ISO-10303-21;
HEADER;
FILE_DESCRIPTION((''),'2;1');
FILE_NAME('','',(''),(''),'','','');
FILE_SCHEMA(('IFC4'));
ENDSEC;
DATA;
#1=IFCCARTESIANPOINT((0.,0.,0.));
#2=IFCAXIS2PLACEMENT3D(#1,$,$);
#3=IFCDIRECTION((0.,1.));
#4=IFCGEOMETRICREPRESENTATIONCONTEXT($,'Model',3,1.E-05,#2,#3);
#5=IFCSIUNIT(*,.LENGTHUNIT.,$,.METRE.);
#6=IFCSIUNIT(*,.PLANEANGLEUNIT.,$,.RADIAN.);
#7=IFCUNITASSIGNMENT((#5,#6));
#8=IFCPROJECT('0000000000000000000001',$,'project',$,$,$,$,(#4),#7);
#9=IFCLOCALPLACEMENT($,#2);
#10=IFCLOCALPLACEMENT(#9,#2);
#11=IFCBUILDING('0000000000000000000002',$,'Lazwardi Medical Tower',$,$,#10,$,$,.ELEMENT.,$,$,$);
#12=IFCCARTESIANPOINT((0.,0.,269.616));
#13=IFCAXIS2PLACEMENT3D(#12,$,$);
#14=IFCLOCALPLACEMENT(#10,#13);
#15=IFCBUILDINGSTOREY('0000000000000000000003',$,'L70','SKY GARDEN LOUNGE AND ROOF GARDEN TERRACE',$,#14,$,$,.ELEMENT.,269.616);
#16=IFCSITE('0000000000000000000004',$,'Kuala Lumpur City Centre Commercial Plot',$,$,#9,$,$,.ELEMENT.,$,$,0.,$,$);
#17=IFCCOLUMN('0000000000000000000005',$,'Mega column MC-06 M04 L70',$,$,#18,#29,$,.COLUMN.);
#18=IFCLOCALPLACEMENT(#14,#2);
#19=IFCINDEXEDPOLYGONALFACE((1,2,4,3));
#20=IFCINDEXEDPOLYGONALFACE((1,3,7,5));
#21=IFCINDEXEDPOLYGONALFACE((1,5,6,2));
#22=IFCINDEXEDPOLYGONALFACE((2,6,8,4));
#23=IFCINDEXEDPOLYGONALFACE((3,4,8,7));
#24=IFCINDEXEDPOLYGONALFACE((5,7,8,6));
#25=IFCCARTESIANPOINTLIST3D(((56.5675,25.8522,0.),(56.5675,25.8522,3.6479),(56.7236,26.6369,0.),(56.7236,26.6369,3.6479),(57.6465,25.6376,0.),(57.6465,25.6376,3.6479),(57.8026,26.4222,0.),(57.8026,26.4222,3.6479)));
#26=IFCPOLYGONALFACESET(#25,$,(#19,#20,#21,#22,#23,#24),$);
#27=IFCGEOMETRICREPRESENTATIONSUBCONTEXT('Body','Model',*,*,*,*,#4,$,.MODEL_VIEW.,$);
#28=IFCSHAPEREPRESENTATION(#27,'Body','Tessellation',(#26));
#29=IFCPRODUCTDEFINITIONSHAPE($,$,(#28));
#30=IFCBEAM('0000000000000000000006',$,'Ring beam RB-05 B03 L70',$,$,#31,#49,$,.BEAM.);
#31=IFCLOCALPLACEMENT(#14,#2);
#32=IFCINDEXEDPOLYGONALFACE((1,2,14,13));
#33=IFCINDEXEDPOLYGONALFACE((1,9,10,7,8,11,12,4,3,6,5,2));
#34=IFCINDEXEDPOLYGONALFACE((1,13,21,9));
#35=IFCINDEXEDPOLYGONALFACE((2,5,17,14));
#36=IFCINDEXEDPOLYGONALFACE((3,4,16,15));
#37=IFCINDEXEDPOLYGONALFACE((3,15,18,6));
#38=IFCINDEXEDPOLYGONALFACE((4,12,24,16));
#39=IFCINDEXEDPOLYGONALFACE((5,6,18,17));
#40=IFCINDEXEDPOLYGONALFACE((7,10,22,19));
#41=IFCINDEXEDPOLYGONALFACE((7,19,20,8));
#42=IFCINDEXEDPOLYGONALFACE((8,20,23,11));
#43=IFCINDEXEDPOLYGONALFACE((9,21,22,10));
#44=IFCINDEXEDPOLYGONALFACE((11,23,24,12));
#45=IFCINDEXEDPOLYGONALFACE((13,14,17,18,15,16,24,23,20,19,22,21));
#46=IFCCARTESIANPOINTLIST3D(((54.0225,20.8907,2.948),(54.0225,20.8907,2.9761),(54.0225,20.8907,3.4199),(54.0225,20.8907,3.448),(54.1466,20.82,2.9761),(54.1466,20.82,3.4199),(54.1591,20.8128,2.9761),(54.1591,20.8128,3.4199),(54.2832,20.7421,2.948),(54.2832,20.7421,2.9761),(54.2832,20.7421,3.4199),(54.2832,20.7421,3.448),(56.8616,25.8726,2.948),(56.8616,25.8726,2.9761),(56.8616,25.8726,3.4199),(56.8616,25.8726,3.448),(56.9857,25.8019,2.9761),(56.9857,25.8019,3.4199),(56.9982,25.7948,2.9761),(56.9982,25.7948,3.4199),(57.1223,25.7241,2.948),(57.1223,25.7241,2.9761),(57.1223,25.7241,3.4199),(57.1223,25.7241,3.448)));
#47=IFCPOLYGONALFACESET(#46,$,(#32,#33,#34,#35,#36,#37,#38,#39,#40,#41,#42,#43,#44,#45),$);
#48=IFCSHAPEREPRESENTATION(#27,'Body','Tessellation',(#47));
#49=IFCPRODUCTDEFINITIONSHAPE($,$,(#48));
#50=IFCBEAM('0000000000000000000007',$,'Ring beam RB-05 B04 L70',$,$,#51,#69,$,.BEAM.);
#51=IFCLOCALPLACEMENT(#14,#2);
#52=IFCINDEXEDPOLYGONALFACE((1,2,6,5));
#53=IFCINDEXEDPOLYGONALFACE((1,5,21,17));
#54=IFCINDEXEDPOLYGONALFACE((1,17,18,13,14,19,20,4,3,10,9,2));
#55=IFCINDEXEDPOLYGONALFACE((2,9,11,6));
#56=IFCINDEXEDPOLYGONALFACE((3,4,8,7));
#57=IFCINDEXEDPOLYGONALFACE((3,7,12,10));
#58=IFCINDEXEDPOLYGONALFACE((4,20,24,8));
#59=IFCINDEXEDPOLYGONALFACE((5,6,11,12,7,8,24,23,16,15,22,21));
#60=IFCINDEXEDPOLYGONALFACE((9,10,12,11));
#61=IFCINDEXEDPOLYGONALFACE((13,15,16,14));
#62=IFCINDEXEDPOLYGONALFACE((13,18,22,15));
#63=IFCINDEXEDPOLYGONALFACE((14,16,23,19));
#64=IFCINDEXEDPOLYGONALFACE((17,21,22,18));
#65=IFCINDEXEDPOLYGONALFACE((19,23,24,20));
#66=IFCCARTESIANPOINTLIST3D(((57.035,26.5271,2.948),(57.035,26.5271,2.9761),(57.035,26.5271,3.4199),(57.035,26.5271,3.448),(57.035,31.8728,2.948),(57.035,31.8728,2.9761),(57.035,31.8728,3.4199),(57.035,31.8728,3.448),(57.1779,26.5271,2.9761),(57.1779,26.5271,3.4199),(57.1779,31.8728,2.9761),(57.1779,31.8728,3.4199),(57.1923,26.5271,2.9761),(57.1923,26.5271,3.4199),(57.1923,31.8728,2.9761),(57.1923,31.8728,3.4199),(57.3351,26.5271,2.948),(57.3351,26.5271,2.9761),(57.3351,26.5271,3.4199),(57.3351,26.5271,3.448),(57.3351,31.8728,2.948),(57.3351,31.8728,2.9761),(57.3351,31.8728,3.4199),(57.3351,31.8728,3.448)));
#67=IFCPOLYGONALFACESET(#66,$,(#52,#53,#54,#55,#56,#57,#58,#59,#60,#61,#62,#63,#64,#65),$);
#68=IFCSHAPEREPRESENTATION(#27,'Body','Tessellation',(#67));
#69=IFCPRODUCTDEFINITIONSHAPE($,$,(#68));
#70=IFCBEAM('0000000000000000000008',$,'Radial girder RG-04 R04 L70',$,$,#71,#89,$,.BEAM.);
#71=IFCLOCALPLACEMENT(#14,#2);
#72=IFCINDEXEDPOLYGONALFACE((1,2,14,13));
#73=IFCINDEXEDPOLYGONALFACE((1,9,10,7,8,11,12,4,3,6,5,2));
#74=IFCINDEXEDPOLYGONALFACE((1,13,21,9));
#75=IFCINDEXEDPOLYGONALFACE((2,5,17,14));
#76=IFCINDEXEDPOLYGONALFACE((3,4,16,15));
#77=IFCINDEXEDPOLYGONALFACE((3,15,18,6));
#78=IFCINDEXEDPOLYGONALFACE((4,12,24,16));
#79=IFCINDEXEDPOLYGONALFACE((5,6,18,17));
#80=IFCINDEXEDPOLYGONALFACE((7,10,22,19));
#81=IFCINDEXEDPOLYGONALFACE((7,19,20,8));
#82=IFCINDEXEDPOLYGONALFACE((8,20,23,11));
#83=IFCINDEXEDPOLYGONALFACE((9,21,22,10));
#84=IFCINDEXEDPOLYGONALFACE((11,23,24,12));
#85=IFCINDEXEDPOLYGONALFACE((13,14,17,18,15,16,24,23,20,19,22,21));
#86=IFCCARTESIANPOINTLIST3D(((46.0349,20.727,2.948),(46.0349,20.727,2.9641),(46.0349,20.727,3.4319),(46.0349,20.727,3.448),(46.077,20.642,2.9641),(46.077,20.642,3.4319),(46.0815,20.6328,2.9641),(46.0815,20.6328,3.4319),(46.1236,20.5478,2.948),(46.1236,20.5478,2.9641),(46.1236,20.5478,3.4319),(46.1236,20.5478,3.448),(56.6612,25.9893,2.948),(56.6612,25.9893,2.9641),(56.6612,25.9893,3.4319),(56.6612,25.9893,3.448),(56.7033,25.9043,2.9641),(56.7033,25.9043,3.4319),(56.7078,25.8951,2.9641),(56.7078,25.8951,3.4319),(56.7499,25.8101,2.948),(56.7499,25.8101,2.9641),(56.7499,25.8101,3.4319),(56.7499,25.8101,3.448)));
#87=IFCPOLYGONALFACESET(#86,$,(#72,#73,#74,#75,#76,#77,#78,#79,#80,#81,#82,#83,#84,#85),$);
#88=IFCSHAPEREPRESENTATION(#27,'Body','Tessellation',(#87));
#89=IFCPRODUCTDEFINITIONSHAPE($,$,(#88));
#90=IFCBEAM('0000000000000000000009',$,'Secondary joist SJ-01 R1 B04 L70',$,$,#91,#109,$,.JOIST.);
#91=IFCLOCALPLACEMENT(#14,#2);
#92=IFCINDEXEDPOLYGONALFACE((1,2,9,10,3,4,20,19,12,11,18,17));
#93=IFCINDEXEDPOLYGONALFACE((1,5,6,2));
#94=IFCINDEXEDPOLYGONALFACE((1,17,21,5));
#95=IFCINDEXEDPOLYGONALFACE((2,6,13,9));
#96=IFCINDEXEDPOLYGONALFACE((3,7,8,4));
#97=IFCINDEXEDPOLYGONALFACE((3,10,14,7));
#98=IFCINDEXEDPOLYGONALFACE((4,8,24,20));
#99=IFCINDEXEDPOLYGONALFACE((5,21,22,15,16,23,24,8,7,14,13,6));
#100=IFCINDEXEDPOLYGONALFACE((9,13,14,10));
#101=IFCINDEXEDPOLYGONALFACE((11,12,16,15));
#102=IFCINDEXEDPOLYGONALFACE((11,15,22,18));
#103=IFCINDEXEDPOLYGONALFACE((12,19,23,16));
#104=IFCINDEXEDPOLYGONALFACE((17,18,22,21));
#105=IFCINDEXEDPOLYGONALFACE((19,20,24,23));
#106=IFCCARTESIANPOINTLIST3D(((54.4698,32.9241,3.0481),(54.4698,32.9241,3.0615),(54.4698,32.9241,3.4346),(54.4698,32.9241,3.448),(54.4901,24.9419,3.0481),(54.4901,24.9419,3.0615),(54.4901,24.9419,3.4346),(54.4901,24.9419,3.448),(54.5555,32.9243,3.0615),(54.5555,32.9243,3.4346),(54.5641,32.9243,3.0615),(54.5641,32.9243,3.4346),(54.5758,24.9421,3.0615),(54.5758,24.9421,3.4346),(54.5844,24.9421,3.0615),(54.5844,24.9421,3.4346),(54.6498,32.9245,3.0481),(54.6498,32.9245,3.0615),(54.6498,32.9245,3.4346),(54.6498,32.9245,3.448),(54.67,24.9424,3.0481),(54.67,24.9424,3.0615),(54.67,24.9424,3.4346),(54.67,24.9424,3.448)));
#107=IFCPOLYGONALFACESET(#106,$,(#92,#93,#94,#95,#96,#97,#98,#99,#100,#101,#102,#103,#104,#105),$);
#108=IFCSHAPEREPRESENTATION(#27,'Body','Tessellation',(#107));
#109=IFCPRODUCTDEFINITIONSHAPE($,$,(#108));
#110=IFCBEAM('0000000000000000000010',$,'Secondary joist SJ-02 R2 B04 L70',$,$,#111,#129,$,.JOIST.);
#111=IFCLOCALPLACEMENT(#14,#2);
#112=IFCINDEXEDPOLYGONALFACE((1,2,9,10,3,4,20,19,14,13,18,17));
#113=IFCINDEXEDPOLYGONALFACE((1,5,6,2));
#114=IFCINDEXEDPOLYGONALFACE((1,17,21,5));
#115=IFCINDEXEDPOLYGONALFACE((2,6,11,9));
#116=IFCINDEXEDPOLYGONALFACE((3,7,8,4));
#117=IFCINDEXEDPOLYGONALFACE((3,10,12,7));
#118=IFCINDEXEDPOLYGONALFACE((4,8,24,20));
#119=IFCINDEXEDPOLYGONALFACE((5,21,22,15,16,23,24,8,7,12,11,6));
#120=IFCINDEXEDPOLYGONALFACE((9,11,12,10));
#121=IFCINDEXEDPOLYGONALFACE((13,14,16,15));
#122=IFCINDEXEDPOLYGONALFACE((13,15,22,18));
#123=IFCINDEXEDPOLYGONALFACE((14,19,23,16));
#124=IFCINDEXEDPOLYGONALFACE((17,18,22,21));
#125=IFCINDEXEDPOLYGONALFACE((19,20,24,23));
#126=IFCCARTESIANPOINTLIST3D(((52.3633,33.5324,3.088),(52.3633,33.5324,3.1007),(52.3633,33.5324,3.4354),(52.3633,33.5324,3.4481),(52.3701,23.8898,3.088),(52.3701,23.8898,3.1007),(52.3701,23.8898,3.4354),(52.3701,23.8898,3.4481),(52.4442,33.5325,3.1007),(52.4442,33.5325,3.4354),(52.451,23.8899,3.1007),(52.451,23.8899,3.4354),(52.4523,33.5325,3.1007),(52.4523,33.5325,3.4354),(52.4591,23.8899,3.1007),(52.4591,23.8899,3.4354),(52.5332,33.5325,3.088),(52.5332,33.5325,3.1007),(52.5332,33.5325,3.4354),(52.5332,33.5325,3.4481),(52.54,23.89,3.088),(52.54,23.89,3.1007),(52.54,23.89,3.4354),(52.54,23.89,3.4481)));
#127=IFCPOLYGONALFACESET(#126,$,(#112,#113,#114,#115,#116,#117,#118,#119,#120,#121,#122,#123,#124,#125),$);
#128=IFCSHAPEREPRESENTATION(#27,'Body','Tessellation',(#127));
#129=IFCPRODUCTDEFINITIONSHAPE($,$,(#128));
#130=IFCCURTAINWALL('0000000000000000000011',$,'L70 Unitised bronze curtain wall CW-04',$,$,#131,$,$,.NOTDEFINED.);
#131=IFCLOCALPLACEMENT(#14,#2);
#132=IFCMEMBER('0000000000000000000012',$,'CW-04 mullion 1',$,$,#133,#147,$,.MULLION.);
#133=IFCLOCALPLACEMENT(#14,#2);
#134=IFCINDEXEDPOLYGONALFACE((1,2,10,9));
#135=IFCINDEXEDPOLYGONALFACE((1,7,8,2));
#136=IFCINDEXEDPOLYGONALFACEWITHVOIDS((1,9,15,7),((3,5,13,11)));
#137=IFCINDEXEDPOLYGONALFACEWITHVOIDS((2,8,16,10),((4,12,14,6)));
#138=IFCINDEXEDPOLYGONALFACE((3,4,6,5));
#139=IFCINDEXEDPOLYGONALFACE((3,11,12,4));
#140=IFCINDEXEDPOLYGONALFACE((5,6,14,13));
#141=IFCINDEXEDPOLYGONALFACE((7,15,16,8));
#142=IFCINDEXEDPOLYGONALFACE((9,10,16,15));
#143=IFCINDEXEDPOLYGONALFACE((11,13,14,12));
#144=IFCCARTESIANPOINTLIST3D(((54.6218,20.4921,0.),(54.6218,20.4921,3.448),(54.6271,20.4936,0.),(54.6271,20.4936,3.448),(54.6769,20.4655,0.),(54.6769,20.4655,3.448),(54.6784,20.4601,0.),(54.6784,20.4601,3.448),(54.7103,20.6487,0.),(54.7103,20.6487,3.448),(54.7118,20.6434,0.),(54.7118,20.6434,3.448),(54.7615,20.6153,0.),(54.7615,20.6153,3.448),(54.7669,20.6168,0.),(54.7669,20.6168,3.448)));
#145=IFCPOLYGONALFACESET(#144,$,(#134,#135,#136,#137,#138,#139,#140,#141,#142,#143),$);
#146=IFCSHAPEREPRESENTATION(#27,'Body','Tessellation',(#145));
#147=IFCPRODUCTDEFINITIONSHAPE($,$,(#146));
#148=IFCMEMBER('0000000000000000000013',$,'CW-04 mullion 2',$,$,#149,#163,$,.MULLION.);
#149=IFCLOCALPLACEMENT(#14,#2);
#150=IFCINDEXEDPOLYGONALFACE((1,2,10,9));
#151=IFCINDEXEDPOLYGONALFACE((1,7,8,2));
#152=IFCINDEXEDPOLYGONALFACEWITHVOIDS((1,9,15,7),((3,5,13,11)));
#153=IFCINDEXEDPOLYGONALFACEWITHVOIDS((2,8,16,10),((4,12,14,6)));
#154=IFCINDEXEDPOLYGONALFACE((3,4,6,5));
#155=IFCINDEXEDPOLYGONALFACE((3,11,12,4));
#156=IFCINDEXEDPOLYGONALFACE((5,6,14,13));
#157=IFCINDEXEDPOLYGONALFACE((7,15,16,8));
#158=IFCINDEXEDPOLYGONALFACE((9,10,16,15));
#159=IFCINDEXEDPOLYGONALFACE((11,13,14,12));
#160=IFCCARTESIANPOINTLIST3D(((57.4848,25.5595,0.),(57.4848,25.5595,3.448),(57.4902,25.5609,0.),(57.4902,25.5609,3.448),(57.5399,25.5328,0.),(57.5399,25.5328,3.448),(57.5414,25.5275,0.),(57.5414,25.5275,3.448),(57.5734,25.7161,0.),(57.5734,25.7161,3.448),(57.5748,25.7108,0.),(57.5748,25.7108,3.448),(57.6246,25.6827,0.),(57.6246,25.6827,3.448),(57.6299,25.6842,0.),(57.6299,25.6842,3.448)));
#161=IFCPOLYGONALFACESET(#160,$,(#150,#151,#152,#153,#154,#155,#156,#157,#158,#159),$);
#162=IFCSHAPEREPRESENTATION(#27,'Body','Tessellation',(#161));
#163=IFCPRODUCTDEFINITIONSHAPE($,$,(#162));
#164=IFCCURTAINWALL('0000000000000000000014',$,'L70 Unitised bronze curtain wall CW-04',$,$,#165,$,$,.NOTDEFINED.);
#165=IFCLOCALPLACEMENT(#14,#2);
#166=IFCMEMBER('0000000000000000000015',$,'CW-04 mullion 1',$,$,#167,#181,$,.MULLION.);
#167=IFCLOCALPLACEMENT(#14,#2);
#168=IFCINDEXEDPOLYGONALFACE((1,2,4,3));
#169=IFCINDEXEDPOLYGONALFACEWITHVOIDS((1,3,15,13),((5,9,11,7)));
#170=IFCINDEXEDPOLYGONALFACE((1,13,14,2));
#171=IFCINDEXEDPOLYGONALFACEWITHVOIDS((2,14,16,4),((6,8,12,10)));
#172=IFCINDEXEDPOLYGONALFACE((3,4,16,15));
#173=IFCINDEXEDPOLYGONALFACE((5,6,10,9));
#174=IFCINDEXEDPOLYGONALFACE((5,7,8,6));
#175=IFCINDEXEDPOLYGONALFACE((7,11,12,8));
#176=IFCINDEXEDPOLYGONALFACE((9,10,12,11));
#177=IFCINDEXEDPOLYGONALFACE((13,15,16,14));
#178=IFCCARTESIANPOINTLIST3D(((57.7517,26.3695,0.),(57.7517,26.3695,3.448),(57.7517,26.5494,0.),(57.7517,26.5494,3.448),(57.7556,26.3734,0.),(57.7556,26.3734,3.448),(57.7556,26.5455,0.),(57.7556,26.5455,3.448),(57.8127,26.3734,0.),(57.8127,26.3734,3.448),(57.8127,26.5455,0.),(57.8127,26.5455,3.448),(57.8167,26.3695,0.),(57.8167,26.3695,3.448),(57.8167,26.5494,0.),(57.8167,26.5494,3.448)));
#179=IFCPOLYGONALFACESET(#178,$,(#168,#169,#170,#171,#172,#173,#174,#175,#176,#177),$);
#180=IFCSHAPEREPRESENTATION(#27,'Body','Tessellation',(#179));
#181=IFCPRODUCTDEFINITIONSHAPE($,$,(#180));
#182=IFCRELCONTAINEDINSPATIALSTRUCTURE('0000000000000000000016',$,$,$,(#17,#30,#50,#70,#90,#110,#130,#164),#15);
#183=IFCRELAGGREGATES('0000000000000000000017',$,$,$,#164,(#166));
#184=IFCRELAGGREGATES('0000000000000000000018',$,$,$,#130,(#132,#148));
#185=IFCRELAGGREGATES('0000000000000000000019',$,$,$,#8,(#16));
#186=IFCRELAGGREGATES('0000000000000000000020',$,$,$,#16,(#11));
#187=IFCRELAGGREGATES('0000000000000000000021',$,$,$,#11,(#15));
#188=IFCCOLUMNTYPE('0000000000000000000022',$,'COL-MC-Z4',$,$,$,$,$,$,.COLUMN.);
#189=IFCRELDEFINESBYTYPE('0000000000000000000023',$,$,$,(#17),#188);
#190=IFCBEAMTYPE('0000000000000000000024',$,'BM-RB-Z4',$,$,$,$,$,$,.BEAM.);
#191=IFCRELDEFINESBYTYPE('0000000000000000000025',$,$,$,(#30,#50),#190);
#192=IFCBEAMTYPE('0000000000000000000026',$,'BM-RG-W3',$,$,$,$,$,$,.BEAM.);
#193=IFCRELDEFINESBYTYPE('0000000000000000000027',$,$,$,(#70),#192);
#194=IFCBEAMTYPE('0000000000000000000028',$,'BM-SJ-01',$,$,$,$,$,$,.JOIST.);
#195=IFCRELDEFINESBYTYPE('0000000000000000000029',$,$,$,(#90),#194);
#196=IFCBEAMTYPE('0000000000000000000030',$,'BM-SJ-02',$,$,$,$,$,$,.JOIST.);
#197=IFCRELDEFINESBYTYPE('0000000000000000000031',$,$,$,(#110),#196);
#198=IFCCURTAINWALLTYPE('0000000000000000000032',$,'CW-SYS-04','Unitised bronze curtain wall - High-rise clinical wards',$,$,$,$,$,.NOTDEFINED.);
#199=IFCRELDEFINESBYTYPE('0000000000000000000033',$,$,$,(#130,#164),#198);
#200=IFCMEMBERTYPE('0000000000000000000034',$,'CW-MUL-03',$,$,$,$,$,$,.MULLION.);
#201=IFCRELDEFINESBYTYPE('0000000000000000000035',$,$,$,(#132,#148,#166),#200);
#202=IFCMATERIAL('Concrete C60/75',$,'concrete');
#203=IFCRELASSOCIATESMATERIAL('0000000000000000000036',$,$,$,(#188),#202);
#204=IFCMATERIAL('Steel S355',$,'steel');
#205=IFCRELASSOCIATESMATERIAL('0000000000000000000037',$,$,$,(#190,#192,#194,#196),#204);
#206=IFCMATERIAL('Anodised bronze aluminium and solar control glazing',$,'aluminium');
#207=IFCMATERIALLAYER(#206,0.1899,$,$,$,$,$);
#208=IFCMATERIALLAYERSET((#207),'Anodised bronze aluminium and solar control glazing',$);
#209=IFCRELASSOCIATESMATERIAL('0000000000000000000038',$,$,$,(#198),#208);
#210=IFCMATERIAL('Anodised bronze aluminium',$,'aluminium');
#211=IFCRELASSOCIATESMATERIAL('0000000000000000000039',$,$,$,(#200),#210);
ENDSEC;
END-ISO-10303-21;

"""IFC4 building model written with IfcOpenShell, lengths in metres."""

from ifc_helpers import new_model, si_unit, direction, frame, origin, origin_2d, place, context, subcontext, project, spatial, rectangle, hollow_rectangle, i_section, extrude, material, layer, layer_set, material_profile, profile_set, type_object, element, aggregate, save


model = new_model("IFC4")

# Units and contexts
model_context = context("Model", 3, precision=1e-05, world=origin(), true_north=direction((0.0, 1.0)))
body_context = subcontext(model_context, "Body", "Model", "MODEL_VIEW")
ifc_project = project(units=[si_unit("LENGTHUNIT", "METRE"), si_unit("PLANEANGLEUNIT", "RADIAN")], contexts=[model_context])

# Site, building, storey
site_placement = place(None, origin())
site = spatial("IfcSite", under=ifc_project, at=site_placement, Name="Kuala Lumpur City Centre Commercial Plot", CompositionType="ELEMENT", RefElevation=0.0)
building_placement = place(site_placement, origin())
building = spatial("IfcBuilding", under=site, at=building_placement, Name="Lazwardi Medical Tower", CompositionType="ELEMENT")
storey_placement = place(building_placement, frame((0.0, 0.0, 269.616)))
storey = spatial("IfcBuildingStorey", under=building, at=storey_placement, Name="L70", Description="SKY GARDEN LOUNGE AND ROOF GARDEN TERRACE", CompositionType="ELEMENT", Elevation=269.616)

# Column
ifc_material_1 = material(Name="Concrete C60/75", Category="concrete")
ifc_material_profile_1 = material_profile(ifc_material_1, rectangle(XDim=1.1001, YDim=0.8, at=origin_2d()), Name="CFT-RECT 1100x800")
ifc_profile_set_1 = profile_set([ifc_material_profile_1], Name="Concrete C60/75")
column_type = type_object("IfcColumnType", Name="COL-MC-Z4", PredefinedType="COLUMN", material=ifc_profile_set_1)
column_placement = place(storey_placement, frame((57.1851, 26.1372, 0.0), z_axis=(0.0, 0.0, 1.0), x_axis=(0.980785, -0.19509, 0.0)))
element("IfcColumn", 1, at=column_placement, inside=storey, type_object=column_type, Name="Mega column MC-06 M04 L70", PredefinedType="COLUMN", context=body_context, shape_type="SweptSolid", body=[
    extrude(rectangle(XDim=1.1001, YDim=0.8, at=origin_2d()), origin(), (0.0, 0.0, 1.0), 3.6479),
])

# Beams
ifc_material_2 = material(Name="Steel S355", Category="steel")
ifc_material_profile_2 = material_profile(ifc_material_2, i_section(OverallWidth=0.3, OverallDepth=0.5, WebThickness=0.0144, FlangeThickness=0.0281, at=origin_2d()), Name="HEB 500")
ifc_profile_set_2 = profile_set([ifc_material_profile_2], Name="Steel S355")
beam_type_1 = type_object("IfcBeamType", Name="BM-RB-Z4", PredefinedType="BEAM", material=ifc_profile_set_2)
beam_1_placement = place(storey_placement, frame((54.1528, 20.8164, 3.198), z_axis=(0.495125, 0.868822, 0.0), x_axis=(-0.868822, 0.495125, 0.0)))
element("IfcBeam", 2, at=beam_1_placement, inside=storey, type_object=beam_type_1, Name="Ring beam RB-05 B03 L70", PredefinedType="BEAM", context=body_context, shape_type="SweptSolid", body=[
    extrude(i_section(OverallWidth=0.3, OverallDepth=0.5, WebThickness=0.0144, FlangeThickness=0.0281, at=origin_2d()), origin(), (0.0, 0.0, 1.0), 5.7341),
])
beam_2_placement = place(storey_placement, frame((57.1851, 26.5271, 3.198), z_axis=(0.0, 1.0, 0.0), x_axis=(-1.0, 0.0, 0.0)))
element("IfcBeam", 3, at=beam_2_placement, inside=storey, type_object=beam_type_1, Name="Ring beam RB-05 B04 L70", PredefinedType="BEAM", context=body_context, shape_type="SweptSolid", body=[
    extrude(i_section(OverallWidth=0.3, OverallDepth=0.5, WebThickness=0.0144, FlangeThickness=0.0281, at=origin_2d()), origin(), (0.0, 0.0, 1.0), 5.3457),
])
ifc_material_profile_3 = material_profile(ifc_material_2, i_section(OverallWidth=0.2, OverallDepth=0.5, WebThickness=0.0103, FlangeThickness=0.0161, at=origin_2d()), Name="IPE 500")
ifc_profile_set_3 = profile_set([ifc_material_profile_3], Name="Steel S355")
beam_type_2 = type_object("IfcBeamType", Name="BM-RG-W3", PredefinedType="BEAM", material=ifc_profile_set_3)
beam_3_placement = place(storey_placement, frame((56.7056, 25.8997, 3.198), z_axis=(-0.896138, -0.443776, 0.0), x_axis=(0.443776, -0.896138, 0.0)))
element("IfcBeam", 4, at=beam_3_placement, inside=storey, type_object=beam_type_2, Name="Radial girder RG-04 R04 L70", PredefinedType="BEAM", context=body_context, shape_type="SweptSolid", body=[
    extrude(i_section(OverallWidth=0.2, OverallDepth=0.5, WebThickness=0.0103, FlangeThickness=0.0161, at=origin_2d()), origin(), (0.0, 0.0, 1.0), 11.8579),
])
ifc_material_profile_4 = material_profile(ifc_material_2, i_section(OverallWidth=0.1799, OverallDepth=0.3999, WebThickness=0.0085, FlangeThickness=0.0134, at=origin_2d()), Name="IPE 400")
ifc_profile_set_4 = profile_set([ifc_material_profile_4], Name="Steel S355")
beam_type_3 = type_object("IfcBeamType", Name="BM-SJ-01", PredefinedType="JOIST", material=ifc_profile_set_4)
beam_4_placement = place(storey_placement, frame((54.5801, 24.9421, 3.248), z_axis=(-0.002539, 0.999997, 0.0), x_axis=(-0.999997, -0.002539, 0.0)))
element("IfcBeam", 5, at=beam_4_placement, inside=storey, type_object=beam_type_3, Name="Secondary joist SJ-01 R1 B04 L70", PredefinedType="JOIST", context=body_context, shape_type="SweptSolid", body=[
    extrude(i_section(OverallWidth=0.1799, OverallDepth=0.3999, WebThickness=0.0085, FlangeThickness=0.0134, at=origin_2d()), origin(), (0.0, 0.0, 1.0), 7.9822),
])
ifc_material_profile_5 = material_profile(ifc_material_2, i_section(OverallWidth=0.1699, OverallDepth=0.3601, WebThickness=0.0081, FlangeThickness=0.0127, at=origin_2d()), Name="IPE 360")
ifc_profile_set_5 = profile_set([ifc_material_profile_5], Name="Steel S355")
beam_type_4 = type_object("IfcBeamType", Name="BM-SJ-02", PredefinedType="JOIST", material=ifc_profile_set_5)
beam_5_placement = place(storey_placement, frame((52.4551, 23.8899, 3.2681), z_axis=(-0.000709, 1.0, 0.0), x_axis=(-1.0, -0.000709, 0.0)))
element("IfcBeam", 6, at=beam_5_placement, inside=storey, type_object=beam_type_4, Name="Secondary joist SJ-02 R2 B04 L70", PredefinedType="JOIST", context=body_context, shape_type="SweptSolid", body=[
    extrude(i_section(OverallWidth=0.1699, OverallDepth=0.3601, WebThickness=0.0081, FlangeThickness=0.0127, at=origin_2d()), origin(), (0.0, 0.0, 1.0), 9.6426),
])

# Curtain wall, members
ifc_material_3 = material(Name="Anodised bronze aluminium and solar control glazing", Category="aluminium")
ifc_layer_1 = layer(ifc_material_3, 0.1899)
ifc_layer_set_1 = layer_set([ifc_layer_1], Name="Anodised bronze aluminium and solar control glazing")
curtain_wall_type = type_object("IfcCurtainWallType", Name="CW-SYS-04", Description="Unitised bronze curtain wall - High-rise clinical wards", PredefinedType="NOTDEFINED", material=ifc_layer_set_1)
curtain_wall_1_placement = place(storey_placement, origin())
curtain_wall_1 = element("IfcCurtainWall", 7, at=curtain_wall_1_placement, inside=storey, type_object=curtain_wall_type, Name="L70 Unitised bronze curtain wall CW-04", PredefinedType="NOTDEFINED")
ifc_material_4 = material(Name="Anodised bronze aluminium", Category="aluminium")
ifc_material_profile_6 = material_profile(ifc_material_4, hollow_rectangle(XDim=0.0649, YDim=0.1799, WallThickness=0.0039, at=origin_2d()), Name="ALU-MULLION 180x65x4")
ifc_profile_set_6 = profile_set([ifc_material_profile_6], Name="Anodised bronze aluminium")
member_type_1 = type_object("IfcMemberType", Name="CW-MUL-03", PredefinedType="MULLION", material=ifc_profile_set_6)
member_1_placement = place(storey_placement, frame((54.6943, 20.5544, 0.0), z_axis=(0.0, 0.0, 1.0), x_axis=(-0.870651, 0.4919, 0.0)))
member_1 = element("IfcMember", 8, at=member_1_placement, type_object=member_type_1, Name="CW-04 mullion 1", PredefinedType="MULLION", context=body_context, shape_type="SweptSolid", body=[
    extrude(hollow_rectangle(XDim=0.0649, YDim=0.1799, WallThickness=0.0039, at=origin_2d()), origin(), (0.0, 0.0, 1.0), 3.448),
])
member_2_placement = place(storey_placement, frame((57.5574, 25.6218, 0.0), z_axis=(0.0, 0.0, 1.0), x_axis=(-0.870651, 0.4919, 0.0)))
member_2 = element("IfcMember", 9, at=member_2_placement, type_object=member_type_1, Name="CW-04 mullion 2", PredefinedType="MULLION", context=body_context, shape_type="SweptSolid", body=[
    extrude(hollow_rectangle(XDim=0.0649, YDim=0.1799, WallThickness=0.0039, at=origin_2d()), origin(), (0.0, 0.0, 1.0), 3.448),
])

# Curtain wall, member
curtain_wall_2_placement = place(storey_placement, origin())
curtain_wall_2 = element("IfcCurtainWall", 10, at=curtain_wall_2_placement, inside=storey, type_object=curtain_wall_type, Name="L70 Unitised bronze curtain wall CW-04", PredefinedType="NOTDEFINED")
member_3_placement = place(storey_placement, frame((57.7842, 26.4595, 0.0), z_axis=(0.0, 0.0, 1.0), x_axis=(-1.0, 0.0, 0.0)))
member_3 = element("IfcMember", 11, at=member_3_placement, type_object=member_type_1, Name="CW-04 mullion 1", PredefinedType="MULLION", context=body_context, shape_type="SweptSolid", body=[
    extrude(hollow_rectangle(XDim=0.0649, YDim=0.1799, WallThickness=0.0039, at=origin_2d()), origin(), (0.0, 0.0, 1.0), 3.448),
])

aggregate(curtain_wall_2, [member_3])

aggregate(curtain_wall_1, [member_1, member_2])

save(model, "model.ifc")
